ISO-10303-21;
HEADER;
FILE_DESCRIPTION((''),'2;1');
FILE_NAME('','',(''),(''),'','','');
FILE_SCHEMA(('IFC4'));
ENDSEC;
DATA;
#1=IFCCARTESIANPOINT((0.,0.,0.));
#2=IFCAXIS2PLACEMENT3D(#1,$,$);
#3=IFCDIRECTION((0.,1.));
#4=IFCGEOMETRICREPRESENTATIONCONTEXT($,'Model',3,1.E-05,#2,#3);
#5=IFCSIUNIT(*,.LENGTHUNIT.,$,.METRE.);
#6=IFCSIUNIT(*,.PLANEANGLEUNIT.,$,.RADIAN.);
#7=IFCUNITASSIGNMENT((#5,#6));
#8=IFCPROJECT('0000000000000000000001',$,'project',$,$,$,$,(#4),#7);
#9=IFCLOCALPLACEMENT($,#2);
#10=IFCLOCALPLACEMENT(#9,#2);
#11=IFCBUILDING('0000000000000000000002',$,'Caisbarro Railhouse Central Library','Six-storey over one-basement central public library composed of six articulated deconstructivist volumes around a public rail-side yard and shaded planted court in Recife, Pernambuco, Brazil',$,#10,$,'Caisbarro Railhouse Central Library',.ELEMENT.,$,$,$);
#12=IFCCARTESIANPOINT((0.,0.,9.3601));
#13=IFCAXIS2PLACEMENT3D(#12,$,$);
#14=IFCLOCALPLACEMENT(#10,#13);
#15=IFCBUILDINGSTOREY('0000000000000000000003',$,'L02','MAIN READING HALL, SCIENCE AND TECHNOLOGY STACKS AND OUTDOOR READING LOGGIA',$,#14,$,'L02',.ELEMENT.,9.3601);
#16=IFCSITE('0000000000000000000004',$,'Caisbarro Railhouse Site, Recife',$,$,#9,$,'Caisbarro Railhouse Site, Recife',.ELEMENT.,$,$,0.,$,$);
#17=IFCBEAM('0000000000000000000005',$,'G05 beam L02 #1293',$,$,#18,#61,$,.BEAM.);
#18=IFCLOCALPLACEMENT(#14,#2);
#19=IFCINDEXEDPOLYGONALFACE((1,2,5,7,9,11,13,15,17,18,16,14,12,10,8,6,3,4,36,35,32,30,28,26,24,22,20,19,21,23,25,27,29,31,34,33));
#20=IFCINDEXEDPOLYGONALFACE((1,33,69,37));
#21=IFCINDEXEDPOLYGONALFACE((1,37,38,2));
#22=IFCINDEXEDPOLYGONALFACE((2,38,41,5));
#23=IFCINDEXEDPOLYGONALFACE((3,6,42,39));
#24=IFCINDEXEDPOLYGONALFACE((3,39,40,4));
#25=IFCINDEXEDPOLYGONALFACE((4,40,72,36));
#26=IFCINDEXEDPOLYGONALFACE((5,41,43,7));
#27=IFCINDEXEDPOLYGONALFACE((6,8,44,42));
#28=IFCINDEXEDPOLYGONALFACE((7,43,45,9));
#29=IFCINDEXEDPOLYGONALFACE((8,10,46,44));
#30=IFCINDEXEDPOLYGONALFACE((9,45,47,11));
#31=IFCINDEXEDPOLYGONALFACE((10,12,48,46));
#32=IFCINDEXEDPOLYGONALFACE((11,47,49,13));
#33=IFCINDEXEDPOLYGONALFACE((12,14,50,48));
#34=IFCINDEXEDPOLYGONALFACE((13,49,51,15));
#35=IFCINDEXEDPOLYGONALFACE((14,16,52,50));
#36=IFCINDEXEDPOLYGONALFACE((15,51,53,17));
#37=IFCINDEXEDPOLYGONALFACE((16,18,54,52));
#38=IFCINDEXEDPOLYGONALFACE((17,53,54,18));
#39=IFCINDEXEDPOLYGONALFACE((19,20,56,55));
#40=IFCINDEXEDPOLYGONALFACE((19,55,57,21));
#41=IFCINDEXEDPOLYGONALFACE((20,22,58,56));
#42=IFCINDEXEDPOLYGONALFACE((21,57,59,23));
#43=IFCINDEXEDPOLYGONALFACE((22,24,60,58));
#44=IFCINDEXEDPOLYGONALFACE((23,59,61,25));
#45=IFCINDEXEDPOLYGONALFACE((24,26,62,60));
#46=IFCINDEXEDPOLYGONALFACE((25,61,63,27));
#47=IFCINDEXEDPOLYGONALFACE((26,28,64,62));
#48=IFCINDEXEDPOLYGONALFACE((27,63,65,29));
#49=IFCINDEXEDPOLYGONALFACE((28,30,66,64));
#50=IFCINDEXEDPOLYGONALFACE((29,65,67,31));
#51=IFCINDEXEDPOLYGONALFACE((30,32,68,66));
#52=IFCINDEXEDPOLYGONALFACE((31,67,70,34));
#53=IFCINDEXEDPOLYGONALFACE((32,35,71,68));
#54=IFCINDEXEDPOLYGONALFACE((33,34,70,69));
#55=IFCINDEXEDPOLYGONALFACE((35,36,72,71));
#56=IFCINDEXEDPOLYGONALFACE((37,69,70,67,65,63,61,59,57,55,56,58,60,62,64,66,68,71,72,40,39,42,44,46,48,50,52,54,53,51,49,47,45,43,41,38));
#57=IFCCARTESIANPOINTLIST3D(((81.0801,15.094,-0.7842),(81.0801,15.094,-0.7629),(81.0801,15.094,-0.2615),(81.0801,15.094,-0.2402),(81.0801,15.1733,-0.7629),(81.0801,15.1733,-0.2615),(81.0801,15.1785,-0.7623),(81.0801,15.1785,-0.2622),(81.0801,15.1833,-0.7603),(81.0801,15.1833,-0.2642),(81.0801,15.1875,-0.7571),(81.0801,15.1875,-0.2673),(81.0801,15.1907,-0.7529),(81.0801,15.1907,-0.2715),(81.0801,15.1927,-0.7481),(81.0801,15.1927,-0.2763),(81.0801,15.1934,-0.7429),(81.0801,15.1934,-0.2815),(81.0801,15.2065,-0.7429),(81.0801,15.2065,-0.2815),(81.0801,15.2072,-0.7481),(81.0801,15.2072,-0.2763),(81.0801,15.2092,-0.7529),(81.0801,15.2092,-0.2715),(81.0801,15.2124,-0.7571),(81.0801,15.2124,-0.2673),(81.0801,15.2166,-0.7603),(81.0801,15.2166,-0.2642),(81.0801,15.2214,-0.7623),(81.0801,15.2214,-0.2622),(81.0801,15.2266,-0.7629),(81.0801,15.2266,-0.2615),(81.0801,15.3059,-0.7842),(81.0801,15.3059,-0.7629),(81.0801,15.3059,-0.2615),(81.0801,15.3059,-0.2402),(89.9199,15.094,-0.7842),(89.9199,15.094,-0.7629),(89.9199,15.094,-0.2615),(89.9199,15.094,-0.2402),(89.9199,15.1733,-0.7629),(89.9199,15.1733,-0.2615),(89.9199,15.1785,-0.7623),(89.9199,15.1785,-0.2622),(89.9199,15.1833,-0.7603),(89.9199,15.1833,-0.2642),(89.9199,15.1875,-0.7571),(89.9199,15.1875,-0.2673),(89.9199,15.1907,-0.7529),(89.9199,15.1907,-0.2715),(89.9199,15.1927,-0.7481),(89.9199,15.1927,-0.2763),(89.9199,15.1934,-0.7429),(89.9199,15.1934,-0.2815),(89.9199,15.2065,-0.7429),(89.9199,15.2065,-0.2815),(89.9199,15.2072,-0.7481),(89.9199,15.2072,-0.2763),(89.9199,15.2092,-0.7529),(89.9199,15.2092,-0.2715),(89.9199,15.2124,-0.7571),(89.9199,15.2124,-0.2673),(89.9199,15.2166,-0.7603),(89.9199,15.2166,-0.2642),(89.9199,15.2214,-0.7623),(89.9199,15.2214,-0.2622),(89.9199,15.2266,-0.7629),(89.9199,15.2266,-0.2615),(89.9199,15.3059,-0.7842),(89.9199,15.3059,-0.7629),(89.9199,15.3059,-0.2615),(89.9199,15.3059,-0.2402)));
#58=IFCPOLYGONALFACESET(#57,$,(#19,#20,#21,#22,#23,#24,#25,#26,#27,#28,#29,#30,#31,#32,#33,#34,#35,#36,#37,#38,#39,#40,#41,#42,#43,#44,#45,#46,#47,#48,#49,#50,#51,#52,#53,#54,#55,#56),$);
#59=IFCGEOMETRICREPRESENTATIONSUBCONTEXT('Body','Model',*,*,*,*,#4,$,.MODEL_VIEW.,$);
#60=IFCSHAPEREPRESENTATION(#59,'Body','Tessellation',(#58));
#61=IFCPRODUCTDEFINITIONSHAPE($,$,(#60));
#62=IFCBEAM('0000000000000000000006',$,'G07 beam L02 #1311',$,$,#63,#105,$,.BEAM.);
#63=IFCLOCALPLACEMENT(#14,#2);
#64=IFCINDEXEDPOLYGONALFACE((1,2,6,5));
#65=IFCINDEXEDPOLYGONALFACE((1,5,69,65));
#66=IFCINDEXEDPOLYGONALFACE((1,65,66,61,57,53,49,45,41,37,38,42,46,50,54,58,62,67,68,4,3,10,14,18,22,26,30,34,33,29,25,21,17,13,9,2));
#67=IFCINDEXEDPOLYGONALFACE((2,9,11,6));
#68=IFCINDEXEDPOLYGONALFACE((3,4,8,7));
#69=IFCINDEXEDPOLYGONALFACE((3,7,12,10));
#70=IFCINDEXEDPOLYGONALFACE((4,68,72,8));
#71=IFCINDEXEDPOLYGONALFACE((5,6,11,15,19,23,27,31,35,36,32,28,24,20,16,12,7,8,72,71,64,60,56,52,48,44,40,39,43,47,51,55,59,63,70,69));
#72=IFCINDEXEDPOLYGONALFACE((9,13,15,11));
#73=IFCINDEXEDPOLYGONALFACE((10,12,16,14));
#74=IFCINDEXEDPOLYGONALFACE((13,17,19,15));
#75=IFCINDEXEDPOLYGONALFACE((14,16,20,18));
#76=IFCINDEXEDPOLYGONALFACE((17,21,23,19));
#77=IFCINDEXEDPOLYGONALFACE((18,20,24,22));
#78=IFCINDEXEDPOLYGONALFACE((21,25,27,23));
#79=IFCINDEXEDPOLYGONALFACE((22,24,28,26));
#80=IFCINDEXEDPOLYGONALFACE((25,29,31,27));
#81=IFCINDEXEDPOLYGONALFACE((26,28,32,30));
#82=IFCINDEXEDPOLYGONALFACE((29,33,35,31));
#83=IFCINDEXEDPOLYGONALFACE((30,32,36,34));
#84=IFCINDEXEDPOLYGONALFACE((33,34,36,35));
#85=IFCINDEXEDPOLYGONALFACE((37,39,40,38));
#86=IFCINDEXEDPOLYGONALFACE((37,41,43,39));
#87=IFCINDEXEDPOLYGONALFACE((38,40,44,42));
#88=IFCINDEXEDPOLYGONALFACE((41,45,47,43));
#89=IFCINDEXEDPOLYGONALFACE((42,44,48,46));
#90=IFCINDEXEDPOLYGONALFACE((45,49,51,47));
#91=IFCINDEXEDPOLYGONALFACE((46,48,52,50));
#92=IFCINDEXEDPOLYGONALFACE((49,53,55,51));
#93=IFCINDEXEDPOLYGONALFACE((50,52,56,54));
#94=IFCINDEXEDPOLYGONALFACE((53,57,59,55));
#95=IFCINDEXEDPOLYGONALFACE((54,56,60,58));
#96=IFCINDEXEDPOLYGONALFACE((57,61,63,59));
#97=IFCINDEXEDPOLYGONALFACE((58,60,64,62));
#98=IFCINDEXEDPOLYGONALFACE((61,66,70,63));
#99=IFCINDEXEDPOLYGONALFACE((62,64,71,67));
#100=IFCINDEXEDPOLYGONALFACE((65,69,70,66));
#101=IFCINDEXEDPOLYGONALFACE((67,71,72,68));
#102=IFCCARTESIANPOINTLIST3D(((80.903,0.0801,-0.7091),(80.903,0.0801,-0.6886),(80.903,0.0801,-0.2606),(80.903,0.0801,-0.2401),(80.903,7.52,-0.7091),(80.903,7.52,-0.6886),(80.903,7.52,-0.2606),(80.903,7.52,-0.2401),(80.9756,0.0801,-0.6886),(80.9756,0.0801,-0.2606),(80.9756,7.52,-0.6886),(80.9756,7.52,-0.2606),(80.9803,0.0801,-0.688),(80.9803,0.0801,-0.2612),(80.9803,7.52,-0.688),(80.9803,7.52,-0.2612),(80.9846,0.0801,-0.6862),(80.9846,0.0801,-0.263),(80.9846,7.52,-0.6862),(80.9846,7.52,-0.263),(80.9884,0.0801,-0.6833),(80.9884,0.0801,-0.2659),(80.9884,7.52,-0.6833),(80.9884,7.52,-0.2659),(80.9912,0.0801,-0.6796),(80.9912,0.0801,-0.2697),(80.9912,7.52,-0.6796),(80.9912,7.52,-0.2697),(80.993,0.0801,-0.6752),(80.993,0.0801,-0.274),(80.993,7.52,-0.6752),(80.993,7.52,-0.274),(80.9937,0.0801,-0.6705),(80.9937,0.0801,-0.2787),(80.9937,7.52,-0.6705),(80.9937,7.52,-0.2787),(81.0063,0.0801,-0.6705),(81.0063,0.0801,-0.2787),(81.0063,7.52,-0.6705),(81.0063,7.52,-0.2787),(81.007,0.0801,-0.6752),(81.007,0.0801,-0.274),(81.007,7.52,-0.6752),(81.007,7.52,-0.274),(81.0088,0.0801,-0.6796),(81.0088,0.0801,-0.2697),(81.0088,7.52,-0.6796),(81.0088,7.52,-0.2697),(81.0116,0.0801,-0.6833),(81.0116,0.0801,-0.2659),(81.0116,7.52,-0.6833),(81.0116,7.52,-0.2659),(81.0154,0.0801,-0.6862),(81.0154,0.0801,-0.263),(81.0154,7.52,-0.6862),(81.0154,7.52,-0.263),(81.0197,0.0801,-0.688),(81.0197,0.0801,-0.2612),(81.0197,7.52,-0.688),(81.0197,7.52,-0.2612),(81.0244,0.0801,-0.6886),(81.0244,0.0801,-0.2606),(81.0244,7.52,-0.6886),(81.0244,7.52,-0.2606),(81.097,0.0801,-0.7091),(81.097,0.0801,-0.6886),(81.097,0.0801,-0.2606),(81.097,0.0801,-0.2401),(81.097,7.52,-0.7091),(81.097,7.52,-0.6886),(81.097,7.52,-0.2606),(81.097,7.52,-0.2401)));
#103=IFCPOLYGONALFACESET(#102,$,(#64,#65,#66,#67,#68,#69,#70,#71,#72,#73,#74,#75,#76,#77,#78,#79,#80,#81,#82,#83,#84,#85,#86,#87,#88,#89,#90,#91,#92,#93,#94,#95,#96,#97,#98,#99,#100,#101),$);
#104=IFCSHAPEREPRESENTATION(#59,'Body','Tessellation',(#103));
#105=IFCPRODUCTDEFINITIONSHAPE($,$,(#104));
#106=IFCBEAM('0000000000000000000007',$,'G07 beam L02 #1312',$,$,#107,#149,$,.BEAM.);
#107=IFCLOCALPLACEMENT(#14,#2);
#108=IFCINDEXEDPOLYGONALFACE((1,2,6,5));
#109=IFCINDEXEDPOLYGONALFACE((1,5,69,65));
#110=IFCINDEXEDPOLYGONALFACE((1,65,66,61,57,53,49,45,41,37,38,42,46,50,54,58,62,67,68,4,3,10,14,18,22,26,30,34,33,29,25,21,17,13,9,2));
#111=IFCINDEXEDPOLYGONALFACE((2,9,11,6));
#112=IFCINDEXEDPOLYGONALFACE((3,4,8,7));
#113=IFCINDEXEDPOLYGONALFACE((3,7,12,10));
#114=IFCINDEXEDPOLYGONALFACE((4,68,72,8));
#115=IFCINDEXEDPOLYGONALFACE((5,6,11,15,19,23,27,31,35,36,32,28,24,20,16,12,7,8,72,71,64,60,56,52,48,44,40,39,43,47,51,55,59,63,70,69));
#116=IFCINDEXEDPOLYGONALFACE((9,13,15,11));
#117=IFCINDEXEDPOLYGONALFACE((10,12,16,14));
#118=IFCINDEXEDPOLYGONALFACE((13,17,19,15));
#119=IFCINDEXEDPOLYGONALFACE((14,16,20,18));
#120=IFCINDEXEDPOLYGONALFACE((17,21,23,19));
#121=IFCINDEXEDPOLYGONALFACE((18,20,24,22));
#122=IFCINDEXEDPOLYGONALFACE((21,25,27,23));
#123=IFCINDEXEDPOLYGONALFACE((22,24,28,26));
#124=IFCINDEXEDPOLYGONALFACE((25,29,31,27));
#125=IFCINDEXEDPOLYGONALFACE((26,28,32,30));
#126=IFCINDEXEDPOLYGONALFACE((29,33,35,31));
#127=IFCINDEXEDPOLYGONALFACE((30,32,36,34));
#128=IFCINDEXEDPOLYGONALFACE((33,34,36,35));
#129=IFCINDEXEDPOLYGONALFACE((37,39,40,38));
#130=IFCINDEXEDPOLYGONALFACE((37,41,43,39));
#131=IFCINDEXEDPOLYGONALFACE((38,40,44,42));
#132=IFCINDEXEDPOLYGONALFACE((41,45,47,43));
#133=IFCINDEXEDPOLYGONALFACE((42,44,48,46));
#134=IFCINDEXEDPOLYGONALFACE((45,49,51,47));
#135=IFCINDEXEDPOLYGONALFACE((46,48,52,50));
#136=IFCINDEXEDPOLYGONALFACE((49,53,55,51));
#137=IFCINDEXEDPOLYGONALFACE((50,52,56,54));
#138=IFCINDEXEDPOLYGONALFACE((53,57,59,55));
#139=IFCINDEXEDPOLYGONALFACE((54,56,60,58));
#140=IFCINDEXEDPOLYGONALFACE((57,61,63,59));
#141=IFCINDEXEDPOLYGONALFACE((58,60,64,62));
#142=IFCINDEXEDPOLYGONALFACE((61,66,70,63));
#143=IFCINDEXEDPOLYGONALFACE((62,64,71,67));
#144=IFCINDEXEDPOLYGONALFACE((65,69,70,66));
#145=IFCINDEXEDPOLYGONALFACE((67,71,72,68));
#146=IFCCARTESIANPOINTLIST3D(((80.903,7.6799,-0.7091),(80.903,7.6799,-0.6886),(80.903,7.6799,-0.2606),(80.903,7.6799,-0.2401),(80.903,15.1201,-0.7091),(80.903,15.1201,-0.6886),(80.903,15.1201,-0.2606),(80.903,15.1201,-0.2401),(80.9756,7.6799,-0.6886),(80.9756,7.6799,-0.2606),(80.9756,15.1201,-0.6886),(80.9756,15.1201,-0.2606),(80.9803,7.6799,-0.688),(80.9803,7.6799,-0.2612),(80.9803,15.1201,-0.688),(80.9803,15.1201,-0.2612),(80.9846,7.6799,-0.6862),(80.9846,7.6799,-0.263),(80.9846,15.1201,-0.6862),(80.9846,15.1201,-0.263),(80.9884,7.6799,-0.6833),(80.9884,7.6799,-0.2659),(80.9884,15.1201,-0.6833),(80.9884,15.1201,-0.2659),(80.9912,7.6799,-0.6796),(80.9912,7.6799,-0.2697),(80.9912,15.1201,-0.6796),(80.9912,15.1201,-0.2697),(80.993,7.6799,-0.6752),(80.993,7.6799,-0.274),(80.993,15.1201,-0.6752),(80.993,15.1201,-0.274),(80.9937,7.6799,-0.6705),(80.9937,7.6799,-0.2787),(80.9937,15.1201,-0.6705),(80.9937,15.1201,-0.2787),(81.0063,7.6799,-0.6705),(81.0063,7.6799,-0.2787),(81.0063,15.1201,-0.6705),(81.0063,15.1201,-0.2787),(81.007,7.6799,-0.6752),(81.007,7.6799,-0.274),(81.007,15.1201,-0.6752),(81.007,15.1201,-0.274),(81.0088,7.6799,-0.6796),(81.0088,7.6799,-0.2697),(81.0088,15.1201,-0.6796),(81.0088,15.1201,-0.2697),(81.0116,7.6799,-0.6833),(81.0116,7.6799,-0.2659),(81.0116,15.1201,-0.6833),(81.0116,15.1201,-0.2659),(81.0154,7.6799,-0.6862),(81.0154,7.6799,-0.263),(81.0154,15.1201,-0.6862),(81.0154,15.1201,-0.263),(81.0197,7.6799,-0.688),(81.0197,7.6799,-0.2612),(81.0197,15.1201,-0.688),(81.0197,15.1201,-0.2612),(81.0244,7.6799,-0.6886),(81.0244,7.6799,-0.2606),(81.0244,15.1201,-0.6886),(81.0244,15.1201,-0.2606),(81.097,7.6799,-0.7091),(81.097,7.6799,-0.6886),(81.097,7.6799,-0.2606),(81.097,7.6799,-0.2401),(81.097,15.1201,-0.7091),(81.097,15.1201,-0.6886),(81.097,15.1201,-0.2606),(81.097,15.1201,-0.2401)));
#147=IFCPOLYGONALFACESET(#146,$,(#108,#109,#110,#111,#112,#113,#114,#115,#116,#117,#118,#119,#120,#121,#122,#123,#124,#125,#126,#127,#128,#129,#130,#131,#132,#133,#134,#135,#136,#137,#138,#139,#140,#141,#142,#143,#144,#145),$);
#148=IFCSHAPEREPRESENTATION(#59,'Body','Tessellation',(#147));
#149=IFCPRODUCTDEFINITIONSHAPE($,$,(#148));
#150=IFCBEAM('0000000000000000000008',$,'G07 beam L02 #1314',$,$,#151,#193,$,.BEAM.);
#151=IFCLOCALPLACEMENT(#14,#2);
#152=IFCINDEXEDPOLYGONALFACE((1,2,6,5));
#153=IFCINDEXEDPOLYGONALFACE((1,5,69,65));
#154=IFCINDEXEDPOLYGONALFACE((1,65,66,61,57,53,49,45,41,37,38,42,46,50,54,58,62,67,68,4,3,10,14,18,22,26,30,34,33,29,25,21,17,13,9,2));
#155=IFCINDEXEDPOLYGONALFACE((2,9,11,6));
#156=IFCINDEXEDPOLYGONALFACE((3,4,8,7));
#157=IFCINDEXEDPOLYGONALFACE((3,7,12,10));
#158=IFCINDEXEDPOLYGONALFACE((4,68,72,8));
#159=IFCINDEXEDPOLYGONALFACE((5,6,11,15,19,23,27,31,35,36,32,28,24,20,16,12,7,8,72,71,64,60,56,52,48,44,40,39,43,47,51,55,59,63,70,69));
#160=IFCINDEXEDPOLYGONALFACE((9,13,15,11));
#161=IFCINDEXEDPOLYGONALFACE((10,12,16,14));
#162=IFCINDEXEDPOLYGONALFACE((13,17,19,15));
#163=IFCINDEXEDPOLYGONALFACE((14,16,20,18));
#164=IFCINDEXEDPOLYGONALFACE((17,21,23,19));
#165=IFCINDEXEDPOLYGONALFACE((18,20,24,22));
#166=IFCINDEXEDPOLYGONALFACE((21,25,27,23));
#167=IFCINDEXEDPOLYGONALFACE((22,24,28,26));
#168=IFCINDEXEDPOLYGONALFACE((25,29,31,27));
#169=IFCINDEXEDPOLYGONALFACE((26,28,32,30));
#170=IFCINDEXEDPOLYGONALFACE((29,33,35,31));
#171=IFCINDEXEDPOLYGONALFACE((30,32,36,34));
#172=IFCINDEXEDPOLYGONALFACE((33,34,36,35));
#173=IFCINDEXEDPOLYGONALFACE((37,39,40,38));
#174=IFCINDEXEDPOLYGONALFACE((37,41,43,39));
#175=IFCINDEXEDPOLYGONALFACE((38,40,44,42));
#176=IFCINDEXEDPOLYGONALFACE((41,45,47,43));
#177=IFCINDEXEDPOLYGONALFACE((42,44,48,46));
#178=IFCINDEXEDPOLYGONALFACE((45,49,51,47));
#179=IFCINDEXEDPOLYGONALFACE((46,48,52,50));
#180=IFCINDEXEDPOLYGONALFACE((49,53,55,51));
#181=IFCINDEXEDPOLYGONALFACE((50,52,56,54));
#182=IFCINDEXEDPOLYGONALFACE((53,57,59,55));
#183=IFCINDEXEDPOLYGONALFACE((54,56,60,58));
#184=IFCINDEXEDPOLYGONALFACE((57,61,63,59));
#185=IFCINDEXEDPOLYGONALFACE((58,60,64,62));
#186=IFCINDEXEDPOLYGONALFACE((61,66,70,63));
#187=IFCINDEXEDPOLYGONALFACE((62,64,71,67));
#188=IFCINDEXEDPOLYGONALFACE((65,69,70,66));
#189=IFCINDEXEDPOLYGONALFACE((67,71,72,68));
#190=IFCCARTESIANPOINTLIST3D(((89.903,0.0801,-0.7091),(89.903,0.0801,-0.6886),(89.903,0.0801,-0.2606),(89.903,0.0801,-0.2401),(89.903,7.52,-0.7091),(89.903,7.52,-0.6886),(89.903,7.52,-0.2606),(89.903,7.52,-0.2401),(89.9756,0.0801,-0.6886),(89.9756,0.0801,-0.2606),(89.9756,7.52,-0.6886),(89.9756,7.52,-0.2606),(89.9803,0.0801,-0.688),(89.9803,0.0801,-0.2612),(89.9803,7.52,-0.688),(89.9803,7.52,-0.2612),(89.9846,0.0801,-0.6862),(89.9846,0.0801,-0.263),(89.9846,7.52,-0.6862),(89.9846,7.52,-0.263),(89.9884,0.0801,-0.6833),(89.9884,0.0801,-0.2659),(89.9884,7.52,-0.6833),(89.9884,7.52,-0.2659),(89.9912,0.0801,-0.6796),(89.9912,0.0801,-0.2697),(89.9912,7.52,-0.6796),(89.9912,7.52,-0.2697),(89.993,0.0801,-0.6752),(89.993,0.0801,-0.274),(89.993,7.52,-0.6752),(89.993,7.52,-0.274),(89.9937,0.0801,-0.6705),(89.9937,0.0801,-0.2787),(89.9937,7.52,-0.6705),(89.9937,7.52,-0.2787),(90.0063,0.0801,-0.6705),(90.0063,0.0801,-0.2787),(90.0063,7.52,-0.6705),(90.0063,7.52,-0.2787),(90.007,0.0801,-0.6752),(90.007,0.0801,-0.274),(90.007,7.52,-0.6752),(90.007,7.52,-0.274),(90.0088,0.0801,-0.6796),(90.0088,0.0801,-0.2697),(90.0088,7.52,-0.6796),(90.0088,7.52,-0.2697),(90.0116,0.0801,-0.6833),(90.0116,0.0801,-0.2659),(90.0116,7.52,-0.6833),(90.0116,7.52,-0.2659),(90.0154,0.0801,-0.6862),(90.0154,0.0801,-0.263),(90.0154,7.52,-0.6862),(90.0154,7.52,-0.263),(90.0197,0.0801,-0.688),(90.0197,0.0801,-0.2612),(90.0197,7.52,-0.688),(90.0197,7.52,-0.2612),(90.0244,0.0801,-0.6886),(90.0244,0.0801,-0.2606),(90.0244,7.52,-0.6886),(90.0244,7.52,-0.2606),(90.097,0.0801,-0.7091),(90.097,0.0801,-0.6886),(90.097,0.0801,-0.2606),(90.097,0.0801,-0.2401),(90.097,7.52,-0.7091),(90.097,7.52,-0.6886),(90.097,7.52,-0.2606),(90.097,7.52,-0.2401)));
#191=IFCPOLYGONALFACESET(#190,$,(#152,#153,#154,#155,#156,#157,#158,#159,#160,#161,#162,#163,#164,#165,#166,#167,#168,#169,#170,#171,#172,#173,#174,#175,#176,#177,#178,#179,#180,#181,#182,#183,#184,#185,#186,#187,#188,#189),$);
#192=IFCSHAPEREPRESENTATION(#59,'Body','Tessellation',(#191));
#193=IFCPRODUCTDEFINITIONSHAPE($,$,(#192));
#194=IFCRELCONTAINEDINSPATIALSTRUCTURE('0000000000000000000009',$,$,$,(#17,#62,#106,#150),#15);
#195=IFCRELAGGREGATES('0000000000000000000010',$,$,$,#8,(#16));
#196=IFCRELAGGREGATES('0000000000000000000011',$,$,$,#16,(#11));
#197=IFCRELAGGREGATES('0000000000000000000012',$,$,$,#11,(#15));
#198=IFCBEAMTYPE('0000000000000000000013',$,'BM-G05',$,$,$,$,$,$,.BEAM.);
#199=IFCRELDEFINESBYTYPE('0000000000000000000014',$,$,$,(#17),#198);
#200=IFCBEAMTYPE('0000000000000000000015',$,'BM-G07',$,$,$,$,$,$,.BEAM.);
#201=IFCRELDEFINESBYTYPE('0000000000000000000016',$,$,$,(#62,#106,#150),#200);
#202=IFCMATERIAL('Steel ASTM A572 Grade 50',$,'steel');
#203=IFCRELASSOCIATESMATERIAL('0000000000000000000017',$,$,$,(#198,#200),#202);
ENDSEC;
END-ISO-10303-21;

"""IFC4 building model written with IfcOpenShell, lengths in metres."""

from ifc_helpers import new_model, si_unit, direction, frame, origin, origin_2d, place, context, subcontext, project, spatial, i_section, extrude, material, material_profile, profile_set, type_object, element, save


model = new_model("IFC4")

# Units and contexts
model_context = context("Model", 3, precision=1e-05, world=origin(), true_north=direction((0.0, 1.0)))
body_context = subcontext(model_context, "Body", "Model", "MODEL_VIEW")
ifc_project = project(units=[si_unit("LENGTHUNIT", "METRE"), si_unit("PLANEANGLEUNIT", "RADIAN")], contexts=[model_context])

# Site, building, storey
site_placement = place(None, origin())
site = spatial("IfcSite", under=ifc_project, at=site_placement, Name="Caisbarro Railhouse Site, Recife", LongName="Caisbarro Railhouse Site, Recife", CompositionType="ELEMENT", RefElevation=0.0)
building_placement = place(site_placement, origin())
building = spatial("IfcBuilding", under=site, at=building_placement, Name="Caisbarro Railhouse Central Library", Description="Six-storey over one-basement central public library composed of six articulated deconstructivist volumes around a public rail-side yard and shaded planted court in Recife, Pernambuco, Brazil", LongName="Caisbarro Railhouse Central Library", CompositionType="ELEMENT")
storey_placement = place(building_placement, frame((0.0, 0.0, 9.3601)))
storey = spatial("IfcBuildingStorey", under=building, at=storey_placement, Name="L02", Description="MAIN READING HALL, SCIENCE AND TECHNOLOGY STACKS AND OUTDOOR READING LOGGIA", LongName="L02", CompositionType="ELEMENT", Elevation=9.3601)

# Shared definitions
ifc_material_1 = material(Name="Steel ASTM A572 Grade 50", Category="steel")

# Beams
ifc_material_profile_1 = material_profile(ifc_material_1, i_section(OverallWidth=0.2119, OverallDepth=0.5439, WebThickness=0.0132, FlangeThickness=0.0212, FilletRadius=0.02, at=origin_2d()), Name="W530X123.0")
ifc_profile_set_1 = profile_set([ifc_material_profile_1], Name="Steel ASTM A572 Grade 50")
beam_type_1 = type_object("IfcBeamType", Name="BM-G05", PredefinedType="BEAM", material=ifc_profile_set_1)
for number, where, z_axis, x_axis, name in (
    (1, (81.0801, 15.2, -0.5122), (1.0, 0.0, 0.0), (0.0, 1.0, 0.0), "G05 beam L02 #1293"),
):
    element("IfcBeam", number, at=place(storey_placement, frame(where, z_axis=z_axis, x_axis=x_axis)), inside=storey, type_object=beam_type_1, Name=name, PredefinedType="BEAM", context=body_context, shape_type="SweptSolid", body=[
        extrude(i_section(OverallWidth=0.2119, OverallDepth=0.5439, WebThickness=0.0132, FlangeThickness=0.0212, FilletRadius=0.02, at=origin_2d()), origin(), (0.0, 0.0, 1.0), 8.8398),
    ])
ifc_material_profile_2 = material_profile(ifc_material_1, i_section(OverallWidth=0.1941, OverallDepth=0.469, WebThickness=0.0127, FlangeThickness=0.0205, FilletRadius=0.0181, at=origin_2d()), Name="W460X106.0")
ifc_profile_set_2 = profile_set([ifc_material_profile_2], Name="Steel ASTM A572 Grade 50")
beam_type_2 = type_object("IfcBeamType", Name="BM-G07", PredefinedType="BEAM", material=ifc_profile_set_2)
beam_1_placement = place(storey_placement, frame((81.0, 0.0801, -0.4746), z_axis=(0.0, 1.0, 0.0), x_axis=(-1.0, 0.0, 0.0)))
element("IfcBeam", 2, at=beam_1_placement, inside=storey, type_object=beam_type_2, Name="G07 beam L02 #1311", PredefinedType="BEAM", context=body_context, shape_type="SweptSolid", body=[
    extrude(i_section(OverallWidth=0.1941, OverallDepth=0.469, WebThickness=0.0127, FlangeThickness=0.0205, FilletRadius=0.0181, at=origin_2d()), origin(), (0.0, 0.0, 1.0), 7.4399),
])
beam_2_placement = place(storey_placement, frame((81.0, 7.6799, -0.4746), z_axis=(0.0, 1.0, 0.0), x_axis=(-1.0, 0.0, 0.0)))
element("IfcBeam", 3, at=beam_2_placement, inside=storey, type_object=beam_type_2, Name="G07 beam L02 #1312", PredefinedType="BEAM", context=body_context, shape_type="SweptSolid", body=[
    extrude(i_section(OverallWidth=0.1941, OverallDepth=0.469, WebThickness=0.0127, FlangeThickness=0.0205, FilletRadius=0.0181, at=origin_2d()), origin(), (0.0, 0.0, 1.0), 7.4402),
])
beam_3_placement = place(storey_placement, frame((90.0, 0.0801, -0.4746), z_axis=(0.0, 1.0, 0.0), x_axis=(-1.0, 0.0, 0.0)))
element("IfcBeam", 4, at=beam_3_placement, inside=storey, type_object=beam_type_2, Name="G07 beam L02 #1314", PredefinedType="BEAM", context=body_context, shape_type="SweptSolid", body=[
    extrude(i_section(OverallWidth=0.1941, OverallDepth=0.469, WebThickness=0.0127, FlangeThickness=0.0205, FilletRadius=0.0181, at=origin_2d()), origin(), (0.0, 0.0, 1.0), 7.4399),
])

save(model, "model.ifc")
